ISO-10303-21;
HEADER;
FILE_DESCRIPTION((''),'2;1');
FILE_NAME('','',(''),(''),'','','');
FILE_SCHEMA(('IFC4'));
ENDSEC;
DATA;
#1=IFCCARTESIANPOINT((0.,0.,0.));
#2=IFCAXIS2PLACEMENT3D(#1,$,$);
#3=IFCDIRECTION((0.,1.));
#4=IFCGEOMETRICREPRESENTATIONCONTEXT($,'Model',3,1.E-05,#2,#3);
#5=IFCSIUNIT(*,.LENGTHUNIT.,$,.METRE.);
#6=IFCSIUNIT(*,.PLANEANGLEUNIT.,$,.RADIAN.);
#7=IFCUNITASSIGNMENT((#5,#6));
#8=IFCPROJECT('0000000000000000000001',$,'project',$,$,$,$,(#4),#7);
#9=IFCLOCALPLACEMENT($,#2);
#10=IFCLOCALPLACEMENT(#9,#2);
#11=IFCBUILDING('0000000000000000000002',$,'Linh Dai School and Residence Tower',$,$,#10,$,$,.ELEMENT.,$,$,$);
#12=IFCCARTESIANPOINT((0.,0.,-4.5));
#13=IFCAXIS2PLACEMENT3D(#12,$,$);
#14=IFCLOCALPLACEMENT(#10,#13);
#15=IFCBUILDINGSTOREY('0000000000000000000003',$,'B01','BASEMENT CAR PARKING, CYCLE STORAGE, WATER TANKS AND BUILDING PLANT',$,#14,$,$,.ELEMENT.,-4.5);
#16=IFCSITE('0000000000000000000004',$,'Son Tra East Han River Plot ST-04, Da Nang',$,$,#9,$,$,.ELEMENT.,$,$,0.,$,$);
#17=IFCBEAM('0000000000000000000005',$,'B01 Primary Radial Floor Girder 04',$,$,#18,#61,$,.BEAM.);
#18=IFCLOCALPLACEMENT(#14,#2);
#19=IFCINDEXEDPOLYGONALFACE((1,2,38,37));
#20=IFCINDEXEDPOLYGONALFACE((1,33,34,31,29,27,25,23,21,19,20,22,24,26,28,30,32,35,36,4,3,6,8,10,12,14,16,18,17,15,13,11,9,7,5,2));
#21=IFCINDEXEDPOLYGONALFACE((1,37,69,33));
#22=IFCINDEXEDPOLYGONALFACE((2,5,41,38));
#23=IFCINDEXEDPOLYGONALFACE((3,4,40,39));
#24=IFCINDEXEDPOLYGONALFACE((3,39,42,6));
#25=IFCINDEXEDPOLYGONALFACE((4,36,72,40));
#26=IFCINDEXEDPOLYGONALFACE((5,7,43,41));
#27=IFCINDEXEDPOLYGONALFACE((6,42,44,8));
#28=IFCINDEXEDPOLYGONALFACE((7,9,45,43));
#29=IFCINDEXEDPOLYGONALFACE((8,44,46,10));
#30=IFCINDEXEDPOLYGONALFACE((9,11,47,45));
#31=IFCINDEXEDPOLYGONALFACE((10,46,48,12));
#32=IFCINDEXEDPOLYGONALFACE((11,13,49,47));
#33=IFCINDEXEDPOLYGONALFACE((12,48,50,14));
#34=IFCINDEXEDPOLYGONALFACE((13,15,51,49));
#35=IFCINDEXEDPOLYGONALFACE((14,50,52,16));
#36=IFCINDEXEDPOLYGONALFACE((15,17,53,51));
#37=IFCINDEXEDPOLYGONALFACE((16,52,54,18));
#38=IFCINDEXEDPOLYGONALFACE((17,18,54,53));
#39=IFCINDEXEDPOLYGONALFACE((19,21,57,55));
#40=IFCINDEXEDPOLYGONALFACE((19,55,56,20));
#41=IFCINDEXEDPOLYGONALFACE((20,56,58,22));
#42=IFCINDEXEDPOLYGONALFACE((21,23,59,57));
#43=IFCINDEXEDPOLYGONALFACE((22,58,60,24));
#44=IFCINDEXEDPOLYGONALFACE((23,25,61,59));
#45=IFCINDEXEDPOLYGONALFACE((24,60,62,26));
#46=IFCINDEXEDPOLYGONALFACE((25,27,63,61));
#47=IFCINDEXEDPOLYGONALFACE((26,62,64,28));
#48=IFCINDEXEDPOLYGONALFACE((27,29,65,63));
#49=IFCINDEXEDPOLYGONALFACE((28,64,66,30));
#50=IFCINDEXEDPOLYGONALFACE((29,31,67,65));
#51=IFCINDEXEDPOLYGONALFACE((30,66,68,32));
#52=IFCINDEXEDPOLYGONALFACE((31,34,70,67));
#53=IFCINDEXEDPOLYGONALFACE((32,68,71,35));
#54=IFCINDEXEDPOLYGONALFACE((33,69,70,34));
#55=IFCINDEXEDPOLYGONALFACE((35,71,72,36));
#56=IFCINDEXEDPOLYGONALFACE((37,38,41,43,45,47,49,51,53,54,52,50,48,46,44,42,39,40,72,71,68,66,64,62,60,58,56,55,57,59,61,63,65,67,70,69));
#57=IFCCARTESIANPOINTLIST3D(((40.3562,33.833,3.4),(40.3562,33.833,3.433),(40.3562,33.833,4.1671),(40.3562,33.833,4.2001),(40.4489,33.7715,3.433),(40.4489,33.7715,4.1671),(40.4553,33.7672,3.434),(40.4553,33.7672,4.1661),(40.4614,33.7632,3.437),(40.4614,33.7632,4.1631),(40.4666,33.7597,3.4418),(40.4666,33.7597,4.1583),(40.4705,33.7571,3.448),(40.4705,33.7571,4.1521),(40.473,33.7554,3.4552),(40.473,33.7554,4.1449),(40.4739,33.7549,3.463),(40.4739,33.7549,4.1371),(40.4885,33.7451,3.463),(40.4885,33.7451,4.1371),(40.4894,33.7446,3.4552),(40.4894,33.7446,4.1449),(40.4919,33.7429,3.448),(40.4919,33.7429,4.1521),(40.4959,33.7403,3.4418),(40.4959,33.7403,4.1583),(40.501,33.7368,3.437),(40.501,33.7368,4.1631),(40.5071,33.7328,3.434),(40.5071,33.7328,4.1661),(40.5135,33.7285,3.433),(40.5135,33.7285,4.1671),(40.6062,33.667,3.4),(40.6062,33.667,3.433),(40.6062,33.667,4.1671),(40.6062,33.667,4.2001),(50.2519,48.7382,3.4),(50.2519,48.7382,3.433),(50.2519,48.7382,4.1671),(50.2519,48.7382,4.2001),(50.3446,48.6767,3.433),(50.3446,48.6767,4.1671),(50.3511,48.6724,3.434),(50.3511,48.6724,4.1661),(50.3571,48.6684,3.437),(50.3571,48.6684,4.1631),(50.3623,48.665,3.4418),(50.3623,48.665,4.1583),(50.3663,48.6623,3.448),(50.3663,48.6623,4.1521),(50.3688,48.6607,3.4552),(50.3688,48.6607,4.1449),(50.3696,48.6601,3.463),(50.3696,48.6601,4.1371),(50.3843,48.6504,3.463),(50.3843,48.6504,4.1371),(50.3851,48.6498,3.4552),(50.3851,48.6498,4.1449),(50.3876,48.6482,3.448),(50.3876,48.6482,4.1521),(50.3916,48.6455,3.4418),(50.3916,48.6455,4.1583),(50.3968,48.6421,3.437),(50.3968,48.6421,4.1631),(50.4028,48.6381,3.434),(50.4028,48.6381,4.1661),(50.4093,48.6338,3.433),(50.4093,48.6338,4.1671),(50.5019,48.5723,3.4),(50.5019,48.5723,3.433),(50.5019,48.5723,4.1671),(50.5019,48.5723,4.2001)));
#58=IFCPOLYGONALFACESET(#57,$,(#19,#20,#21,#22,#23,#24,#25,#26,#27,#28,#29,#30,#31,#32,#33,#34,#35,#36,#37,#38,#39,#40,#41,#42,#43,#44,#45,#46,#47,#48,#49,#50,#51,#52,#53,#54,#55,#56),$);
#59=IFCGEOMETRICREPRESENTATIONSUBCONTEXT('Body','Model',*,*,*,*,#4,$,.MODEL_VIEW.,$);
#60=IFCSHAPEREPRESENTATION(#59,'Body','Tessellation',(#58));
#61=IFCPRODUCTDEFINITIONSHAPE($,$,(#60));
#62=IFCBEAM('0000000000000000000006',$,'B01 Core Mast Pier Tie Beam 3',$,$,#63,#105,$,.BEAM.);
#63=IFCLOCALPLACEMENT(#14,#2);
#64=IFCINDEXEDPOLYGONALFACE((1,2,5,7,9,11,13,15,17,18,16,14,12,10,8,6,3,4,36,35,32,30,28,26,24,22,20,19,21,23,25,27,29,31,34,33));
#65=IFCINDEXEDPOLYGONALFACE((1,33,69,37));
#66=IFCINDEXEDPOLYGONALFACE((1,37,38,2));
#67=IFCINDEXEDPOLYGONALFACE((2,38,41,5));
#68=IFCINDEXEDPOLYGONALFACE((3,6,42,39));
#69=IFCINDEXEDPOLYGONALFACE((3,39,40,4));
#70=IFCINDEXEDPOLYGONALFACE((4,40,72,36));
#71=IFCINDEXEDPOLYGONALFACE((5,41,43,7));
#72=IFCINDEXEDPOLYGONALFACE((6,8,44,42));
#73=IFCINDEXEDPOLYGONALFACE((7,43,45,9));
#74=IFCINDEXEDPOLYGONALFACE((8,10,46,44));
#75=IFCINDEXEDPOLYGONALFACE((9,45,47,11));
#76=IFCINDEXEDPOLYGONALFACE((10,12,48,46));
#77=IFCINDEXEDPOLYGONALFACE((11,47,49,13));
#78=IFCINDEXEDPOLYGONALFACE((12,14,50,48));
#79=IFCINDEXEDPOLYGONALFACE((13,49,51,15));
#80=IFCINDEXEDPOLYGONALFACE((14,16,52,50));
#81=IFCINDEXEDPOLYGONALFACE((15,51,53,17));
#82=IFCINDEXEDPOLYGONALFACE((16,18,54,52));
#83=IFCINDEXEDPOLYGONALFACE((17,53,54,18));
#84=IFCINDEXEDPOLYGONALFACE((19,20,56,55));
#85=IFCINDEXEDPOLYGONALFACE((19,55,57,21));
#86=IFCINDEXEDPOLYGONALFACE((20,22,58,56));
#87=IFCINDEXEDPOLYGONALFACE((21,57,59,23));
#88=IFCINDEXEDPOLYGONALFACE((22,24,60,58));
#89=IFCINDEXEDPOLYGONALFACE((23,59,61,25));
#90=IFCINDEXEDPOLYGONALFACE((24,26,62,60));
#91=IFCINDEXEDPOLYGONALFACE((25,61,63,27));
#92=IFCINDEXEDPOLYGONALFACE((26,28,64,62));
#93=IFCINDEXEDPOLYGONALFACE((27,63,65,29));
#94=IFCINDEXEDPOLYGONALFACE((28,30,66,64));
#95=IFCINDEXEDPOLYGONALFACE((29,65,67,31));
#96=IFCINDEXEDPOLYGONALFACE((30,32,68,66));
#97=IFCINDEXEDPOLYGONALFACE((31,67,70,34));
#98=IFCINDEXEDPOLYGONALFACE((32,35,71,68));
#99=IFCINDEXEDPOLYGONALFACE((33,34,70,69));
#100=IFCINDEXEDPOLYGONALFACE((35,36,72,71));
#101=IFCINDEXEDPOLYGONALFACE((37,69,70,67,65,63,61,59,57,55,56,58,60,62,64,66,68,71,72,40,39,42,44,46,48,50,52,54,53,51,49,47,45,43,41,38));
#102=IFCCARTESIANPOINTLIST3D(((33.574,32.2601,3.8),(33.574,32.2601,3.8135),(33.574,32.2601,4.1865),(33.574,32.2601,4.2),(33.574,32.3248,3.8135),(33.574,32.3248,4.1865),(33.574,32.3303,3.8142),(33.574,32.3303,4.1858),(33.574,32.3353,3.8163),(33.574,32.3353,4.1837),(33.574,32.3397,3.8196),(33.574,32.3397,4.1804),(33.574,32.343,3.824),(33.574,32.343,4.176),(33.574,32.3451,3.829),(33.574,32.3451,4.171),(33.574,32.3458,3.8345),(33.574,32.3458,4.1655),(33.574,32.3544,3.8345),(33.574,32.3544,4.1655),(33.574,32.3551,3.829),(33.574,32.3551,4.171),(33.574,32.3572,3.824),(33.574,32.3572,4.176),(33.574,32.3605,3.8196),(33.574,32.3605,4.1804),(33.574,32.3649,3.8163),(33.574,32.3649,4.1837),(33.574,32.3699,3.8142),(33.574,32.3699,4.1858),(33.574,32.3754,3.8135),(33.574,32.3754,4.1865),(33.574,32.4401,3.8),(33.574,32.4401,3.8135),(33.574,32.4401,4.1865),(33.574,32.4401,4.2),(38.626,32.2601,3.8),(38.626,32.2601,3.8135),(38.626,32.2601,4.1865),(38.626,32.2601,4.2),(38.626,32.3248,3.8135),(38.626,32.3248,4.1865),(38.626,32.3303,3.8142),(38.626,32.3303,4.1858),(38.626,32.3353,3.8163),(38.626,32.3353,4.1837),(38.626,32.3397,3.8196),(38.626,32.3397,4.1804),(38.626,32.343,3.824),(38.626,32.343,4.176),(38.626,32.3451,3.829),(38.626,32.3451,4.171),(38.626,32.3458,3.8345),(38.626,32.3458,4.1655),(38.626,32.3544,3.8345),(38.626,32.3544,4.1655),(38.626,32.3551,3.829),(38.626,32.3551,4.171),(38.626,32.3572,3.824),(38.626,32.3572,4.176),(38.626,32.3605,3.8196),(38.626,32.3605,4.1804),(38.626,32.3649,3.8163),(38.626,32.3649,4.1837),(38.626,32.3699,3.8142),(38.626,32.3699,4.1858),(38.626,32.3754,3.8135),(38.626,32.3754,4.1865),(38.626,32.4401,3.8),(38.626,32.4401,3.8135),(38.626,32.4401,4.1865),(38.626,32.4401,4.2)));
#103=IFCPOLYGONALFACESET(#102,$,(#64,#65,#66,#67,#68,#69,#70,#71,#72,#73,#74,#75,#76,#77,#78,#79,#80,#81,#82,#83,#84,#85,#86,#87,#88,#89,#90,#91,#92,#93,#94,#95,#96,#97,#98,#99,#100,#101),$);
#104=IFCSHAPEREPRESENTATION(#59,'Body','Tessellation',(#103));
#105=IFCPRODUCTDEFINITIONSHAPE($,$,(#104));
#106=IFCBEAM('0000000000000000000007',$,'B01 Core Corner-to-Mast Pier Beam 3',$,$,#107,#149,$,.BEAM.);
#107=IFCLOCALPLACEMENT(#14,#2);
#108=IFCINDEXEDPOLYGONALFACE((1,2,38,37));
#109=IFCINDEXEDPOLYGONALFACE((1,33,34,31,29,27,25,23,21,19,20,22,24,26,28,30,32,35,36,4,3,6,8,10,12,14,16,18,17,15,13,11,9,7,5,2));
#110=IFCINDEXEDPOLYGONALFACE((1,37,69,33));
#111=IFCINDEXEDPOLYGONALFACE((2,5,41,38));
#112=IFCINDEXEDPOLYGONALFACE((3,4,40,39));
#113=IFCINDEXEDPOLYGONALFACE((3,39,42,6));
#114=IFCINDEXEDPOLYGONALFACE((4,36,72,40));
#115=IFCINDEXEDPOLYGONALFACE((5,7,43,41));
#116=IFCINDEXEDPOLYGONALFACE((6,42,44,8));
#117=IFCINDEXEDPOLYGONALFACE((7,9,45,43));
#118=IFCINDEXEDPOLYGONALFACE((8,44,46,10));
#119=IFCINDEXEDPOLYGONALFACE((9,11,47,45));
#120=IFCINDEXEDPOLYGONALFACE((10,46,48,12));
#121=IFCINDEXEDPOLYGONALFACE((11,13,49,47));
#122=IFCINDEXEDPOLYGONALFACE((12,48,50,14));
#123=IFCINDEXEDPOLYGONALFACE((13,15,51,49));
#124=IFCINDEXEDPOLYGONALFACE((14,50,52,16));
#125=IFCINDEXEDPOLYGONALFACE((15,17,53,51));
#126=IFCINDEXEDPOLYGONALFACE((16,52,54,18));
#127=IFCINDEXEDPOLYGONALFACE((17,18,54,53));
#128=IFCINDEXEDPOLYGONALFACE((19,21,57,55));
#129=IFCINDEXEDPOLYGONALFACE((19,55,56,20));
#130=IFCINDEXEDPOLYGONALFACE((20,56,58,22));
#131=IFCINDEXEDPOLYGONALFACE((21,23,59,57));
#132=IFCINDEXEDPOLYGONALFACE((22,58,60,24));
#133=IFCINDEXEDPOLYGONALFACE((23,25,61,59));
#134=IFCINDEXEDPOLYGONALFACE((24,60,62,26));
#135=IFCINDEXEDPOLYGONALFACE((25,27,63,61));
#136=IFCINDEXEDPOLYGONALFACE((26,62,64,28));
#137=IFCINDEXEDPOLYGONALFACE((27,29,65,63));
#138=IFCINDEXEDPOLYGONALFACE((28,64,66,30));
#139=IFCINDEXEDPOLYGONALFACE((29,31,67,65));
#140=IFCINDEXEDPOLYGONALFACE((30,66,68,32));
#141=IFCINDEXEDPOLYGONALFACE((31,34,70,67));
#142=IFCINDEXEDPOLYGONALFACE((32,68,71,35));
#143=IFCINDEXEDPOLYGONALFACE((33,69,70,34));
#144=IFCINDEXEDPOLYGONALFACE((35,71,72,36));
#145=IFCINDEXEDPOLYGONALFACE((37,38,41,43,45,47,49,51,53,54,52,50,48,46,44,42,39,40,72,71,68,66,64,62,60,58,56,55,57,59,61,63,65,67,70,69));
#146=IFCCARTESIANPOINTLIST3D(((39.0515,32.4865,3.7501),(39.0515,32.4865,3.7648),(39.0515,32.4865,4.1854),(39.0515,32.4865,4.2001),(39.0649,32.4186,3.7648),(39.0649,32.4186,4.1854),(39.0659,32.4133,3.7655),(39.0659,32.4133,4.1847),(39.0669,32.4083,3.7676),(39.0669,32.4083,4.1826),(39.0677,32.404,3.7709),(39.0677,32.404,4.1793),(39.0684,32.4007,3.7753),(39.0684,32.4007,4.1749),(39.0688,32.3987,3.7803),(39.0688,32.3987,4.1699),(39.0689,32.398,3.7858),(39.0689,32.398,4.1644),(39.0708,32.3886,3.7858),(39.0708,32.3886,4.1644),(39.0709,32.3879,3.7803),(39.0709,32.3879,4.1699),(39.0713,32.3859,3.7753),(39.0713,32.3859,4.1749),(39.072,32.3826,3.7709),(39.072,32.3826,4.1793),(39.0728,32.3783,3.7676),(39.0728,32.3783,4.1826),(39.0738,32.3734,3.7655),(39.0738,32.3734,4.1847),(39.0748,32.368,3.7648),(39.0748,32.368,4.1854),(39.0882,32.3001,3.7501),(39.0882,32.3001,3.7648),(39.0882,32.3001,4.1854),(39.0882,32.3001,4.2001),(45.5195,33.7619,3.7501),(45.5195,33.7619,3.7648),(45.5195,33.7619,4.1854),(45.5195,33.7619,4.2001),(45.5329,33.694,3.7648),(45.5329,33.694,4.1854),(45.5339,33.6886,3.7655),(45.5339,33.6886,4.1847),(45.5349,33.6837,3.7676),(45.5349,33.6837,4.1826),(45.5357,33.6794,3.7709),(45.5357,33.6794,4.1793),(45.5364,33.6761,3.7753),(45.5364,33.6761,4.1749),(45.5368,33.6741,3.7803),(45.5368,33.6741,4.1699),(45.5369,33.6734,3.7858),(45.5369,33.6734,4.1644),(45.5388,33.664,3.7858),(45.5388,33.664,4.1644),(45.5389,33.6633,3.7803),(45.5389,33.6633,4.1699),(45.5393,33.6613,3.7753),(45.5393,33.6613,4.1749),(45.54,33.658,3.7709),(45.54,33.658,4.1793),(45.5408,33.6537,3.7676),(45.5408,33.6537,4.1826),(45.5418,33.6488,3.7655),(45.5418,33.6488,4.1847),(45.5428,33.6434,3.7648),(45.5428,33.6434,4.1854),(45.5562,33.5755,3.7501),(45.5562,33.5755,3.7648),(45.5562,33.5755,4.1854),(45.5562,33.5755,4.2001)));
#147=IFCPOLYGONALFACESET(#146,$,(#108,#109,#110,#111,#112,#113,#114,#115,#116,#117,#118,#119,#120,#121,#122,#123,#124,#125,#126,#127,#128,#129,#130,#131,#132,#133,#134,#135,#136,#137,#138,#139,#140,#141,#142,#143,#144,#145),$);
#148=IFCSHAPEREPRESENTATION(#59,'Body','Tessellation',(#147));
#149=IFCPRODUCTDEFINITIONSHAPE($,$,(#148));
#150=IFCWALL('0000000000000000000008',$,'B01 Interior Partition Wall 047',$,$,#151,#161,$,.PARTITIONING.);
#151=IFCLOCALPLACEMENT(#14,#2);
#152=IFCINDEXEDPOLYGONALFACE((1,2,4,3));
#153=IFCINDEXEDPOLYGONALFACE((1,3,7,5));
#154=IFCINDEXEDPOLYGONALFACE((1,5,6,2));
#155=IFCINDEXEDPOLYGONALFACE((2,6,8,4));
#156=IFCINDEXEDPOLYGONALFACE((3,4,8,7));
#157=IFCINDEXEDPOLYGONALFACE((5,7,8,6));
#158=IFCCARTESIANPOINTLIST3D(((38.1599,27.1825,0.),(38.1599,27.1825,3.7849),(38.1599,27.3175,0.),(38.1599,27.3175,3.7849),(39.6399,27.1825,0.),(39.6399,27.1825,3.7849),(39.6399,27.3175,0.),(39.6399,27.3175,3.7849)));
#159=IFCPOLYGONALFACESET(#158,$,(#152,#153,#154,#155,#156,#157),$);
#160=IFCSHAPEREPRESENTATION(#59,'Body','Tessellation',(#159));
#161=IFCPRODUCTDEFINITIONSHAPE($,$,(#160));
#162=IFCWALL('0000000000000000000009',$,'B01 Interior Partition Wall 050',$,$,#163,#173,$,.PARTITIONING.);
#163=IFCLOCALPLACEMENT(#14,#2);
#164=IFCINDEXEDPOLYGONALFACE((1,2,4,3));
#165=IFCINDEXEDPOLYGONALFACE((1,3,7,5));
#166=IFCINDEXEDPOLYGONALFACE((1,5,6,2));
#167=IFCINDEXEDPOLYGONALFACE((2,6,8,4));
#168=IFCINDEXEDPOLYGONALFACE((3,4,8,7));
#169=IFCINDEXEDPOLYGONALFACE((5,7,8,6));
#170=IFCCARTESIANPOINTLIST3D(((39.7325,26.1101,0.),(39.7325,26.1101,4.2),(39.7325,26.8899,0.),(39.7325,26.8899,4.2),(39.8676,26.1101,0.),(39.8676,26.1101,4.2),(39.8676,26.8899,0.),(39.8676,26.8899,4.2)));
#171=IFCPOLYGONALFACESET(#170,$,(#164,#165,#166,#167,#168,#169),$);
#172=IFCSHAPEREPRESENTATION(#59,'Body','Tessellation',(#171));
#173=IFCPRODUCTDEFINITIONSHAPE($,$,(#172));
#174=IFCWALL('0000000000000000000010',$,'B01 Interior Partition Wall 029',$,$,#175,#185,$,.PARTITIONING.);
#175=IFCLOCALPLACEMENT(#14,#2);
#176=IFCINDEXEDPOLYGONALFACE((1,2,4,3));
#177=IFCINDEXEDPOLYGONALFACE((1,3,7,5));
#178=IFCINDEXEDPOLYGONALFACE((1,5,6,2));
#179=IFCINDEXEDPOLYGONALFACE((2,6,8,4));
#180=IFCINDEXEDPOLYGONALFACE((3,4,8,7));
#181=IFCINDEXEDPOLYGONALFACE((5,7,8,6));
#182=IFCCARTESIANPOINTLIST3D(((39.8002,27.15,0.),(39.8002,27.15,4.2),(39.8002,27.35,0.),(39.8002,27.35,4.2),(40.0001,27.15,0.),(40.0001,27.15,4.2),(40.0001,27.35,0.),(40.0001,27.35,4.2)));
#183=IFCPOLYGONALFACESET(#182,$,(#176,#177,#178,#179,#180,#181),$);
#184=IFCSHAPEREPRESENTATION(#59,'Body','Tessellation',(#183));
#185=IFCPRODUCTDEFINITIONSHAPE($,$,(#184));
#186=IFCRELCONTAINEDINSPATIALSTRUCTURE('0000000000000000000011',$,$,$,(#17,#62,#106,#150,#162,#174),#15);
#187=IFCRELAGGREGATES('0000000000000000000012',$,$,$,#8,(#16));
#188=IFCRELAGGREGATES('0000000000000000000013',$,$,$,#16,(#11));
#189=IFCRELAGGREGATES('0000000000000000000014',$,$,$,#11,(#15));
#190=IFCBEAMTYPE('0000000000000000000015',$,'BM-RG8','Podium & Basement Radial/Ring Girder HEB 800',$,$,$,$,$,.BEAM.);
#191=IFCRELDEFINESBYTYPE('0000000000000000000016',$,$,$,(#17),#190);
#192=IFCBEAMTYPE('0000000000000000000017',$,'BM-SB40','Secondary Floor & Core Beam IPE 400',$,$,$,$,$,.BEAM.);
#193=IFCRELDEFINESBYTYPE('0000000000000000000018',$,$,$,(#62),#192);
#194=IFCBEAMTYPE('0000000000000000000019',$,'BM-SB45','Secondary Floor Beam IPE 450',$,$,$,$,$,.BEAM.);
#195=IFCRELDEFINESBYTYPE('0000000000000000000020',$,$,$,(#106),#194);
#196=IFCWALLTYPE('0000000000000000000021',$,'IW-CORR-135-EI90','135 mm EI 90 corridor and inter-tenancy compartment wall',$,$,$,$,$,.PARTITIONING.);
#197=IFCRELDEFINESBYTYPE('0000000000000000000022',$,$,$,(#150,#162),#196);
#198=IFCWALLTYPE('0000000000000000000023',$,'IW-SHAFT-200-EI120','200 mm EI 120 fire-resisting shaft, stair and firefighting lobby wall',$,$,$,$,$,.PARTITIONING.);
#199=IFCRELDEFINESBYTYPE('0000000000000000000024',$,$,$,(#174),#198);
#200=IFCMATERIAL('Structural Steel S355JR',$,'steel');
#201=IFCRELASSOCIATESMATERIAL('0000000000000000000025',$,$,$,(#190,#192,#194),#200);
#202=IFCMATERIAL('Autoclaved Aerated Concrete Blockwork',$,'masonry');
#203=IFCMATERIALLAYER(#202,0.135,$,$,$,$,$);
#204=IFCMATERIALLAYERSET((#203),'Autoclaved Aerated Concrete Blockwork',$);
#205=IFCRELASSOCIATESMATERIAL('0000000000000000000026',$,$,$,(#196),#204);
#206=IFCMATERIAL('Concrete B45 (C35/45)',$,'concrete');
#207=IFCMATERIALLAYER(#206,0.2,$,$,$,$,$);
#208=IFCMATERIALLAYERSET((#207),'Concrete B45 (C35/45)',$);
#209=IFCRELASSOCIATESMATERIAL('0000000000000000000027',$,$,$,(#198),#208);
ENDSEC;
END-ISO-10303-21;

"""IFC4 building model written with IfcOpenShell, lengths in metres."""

from ifc_helpers import new_model, si_unit, direction, frame, frame_2d, origin, origin_2d, place, context, subcontext, project, spatial, rectangle, i_section, extrude, material, layer, layer_set, material_profile, profile_set, type_object, element, save


model = new_model("IFC4")

# Units and contexts
model_context = context("Model", 3, precision=1e-05, world=origin(), true_north=direction((0.0, 1.0)))
body_context = subcontext(model_context, "Body", "Model", "MODEL_VIEW")
ifc_project = project(units=[si_unit("LENGTHUNIT", "METRE"), si_unit("PLANEANGLEUNIT", "RADIAN")], contexts=[model_context])

# Site, building, storey
site_placement = place(None, origin())
site = spatial("IfcSite", under=ifc_project, at=site_placement, Name="Son Tra East Han River Plot ST-04, Da Nang", CompositionType="ELEMENT", RefElevation=0.0)
building_placement = place(site_placement, origin())
building = spatial("IfcBuilding", under=site, at=building_placement, Name="Linh Dai School and Residence Tower", CompositionType="ELEMENT")
storey_placement = place(building_placement, frame((0.0, 0.0, -4.5)))
storey = spatial("IfcBuildingStorey", under=building, at=storey_placement, Name="B01", Description="BASEMENT CAR PARKING, CYCLE STORAGE, WATER TANKS AND BUILDING PLANT", CompositionType="ELEMENT", Elevation=-4.5)

# Shared definitions
ifc_material_1 = material(Name="Concrete B45 (C35/45)", Category="concrete")
ifc_material_2 = material(Name="Structural Steel S355JR", Category="steel")

# Beams
ifc_material_profile_1 = material_profile(ifc_material_2, i_section(OverallWidth=0.3, OverallDepth=0.8, WebThickness=0.0176, FlangeThickness=0.033, FilletRadius=0.03, at=origin_2d()), Name="HEB 800")
ifc_profile_set_1 = profile_set([ifc_material_profile_1], Name="Structural Steel S355JR")
beam_type_1 = type_object("IfcBeamType", Name="BM-RG8", Description="Podium & Basement Radial/Ring Girder HEB 800", PredefinedType="BEAM", material=ifc_profile_set_1)
beam_1_placement = place(storey_placement, frame((40.4812, 33.75, 3.8), z_axis=(0.553109, 0.833109, 0.0), x_axis=(-0.833109, 0.553109, 0.0)))
element("IfcBeam", 1, at=beam_1_placement, inside=storey, type_object=beam_type_1, Name="B01 Primary Radial Floor Girder 04", PredefinedType="BEAM", context=body_context, shape_type="SweptSolid", body=[
    extrude(i_section(OverallWidth=0.3, OverallDepth=0.8, WebThickness=0.0176, FlangeThickness=0.033, FilletRadius=0.03, at=origin_2d()), origin(), (0.0, 0.0, 1.0), 17.8911),
])
ifc_material_profile_2 = material_profile(ifc_material_2, i_section(OverallWidth=0.1799, OverallDepth=0.3999, WebThickness=0.0085, FlangeThickness=0.0134, FilletRadius=0.021, at=origin_2d()), Name="IPE 400")
ifc_profile_set_2 = profile_set([ifc_material_profile_2], Name="Structural Steel S355JR")
beam_type_2 = type_object("IfcBeamType", Name="BM-SB40", Description="Secondary Floor & Core Beam IPE 400", PredefinedType="BEAM", material=ifc_profile_set_2)
beam_2_placement = place(storey_placement, frame((38.626, 32.3501, 4.0), z_axis=(-1.0, 0.0, 0.0), x_axis=(0.0, -1.0, 0.0)))
element("IfcBeam", 2, at=beam_2_placement, inside=storey, type_object=beam_type_2, Name="B01 Core Mast Pier Tie Beam 3", PredefinedType="BEAM", context=body_context, shape_type="SweptSolid", body=[
    extrude(i_section(OverallWidth=0.1799, OverallDepth=0.3999, WebThickness=0.0085, FlangeThickness=0.0134, FilletRadius=0.021, at=origin_2d()), origin(), (0.0, 0.0, 1.0), 5.052),
])
ifc_material_profile_3 = material_profile(ifc_material_2, i_section(OverallWidth=0.1899, OverallDepth=0.45, WebThickness=0.0095, FlangeThickness=0.0146, FilletRadius=0.021, at=origin_2d()), Name="IPE 450")
ifc_profile_set_3 = profile_set([ifc_material_profile_3], Name="Structural Steel S355JR")
beam_type_3 = type_object("IfcBeamType", Name="BM-SB45", Description="Secondary Floor Beam IPE 450", PredefinedType="BEAM", material=ifc_profile_set_3)
beam_3_placement = place(storey_placement, frame((45.5378, 33.6687, 3.9751), z_axis=(-0.981108, -0.193459, 0.0), x_axis=(0.193459, -0.981108, 0.0)))
element("IfcBeam", 3, at=beam_3_placement, inside=storey, type_object=beam_type_3, Name="B01 Core Corner-to-Mast Pier Beam 3", PredefinedType="BEAM", context=body_context, shape_type="SweptSolid", body=[
    extrude(i_section(OverallWidth=0.1899, OverallDepth=0.45, WebThickness=0.0095, FlangeThickness=0.0146, FilletRadius=0.021, at=origin_2d()), origin(), (0.0, 0.0, 1.0), 6.5925),
])

# Walls
ifc_material_3 = material(Name="Autoclaved Aerated Concrete Blockwork", Category="masonry")
ifc_layer_1 = layer(ifc_material_3, 0.135)
ifc_layer_set_1 = layer_set([ifc_layer_1], Name="Autoclaved Aerated Concrete Blockwork")
wall_type_1 = type_object("IfcWallType", Name="IW-CORR-135-EI90", Description="135 mm EI 90 corridor and inter-tenancy compartment wall", PredefinedType="PARTITIONING", material=ifc_layer_set_1)
wall_1_placement = place(storey_placement, frame((39.6399, 27.25, 0.0), z_axis=(0.0, 0.0, 1.0), x_axis=(-1.0, 0.0, 0.0)))
element("IfcWall", 4, at=wall_1_placement, inside=storey, type_object=wall_type_1, Name="B01 Interior Partition Wall 047", PredefinedType="PARTITIONING", context=body_context, shape_type="SweptSolid", body=[
    extrude(rectangle(XDim=1.48, YDim=0.135, at=frame_2d((0.74, 0.0))), origin(), (0.0, 0.0, 1.0), 3.7849),
])
wall_2_placement = place(storey_placement, frame((39.8, 26.1101, 0.0), z_axis=(0.0, 0.0, 1.0), x_axis=(0.0, 1.0, 0.0)))
element("IfcWall", 5, at=wall_2_placement, inside=storey, type_object=wall_type_1, Name="B01 Interior Partition Wall 050", PredefinedType="PARTITIONING", context=body_context, shape_type="SweptSolid", body=[
    extrude(rectangle(XDim=0.7798, YDim=0.135, at=frame_2d((0.3899, 0.0))), origin(), (0.0, 0.0, 1.0), 4.2),
])
ifc_layer_2 = layer(ifc_material_1, 0.2)
ifc_layer_set_2 = layer_set([ifc_layer_2], Name="Concrete B45 (C35/45)")
wall_type_2 = type_object("IfcWallType", Name="IW-SHAFT-200-EI120", Description="200 mm EI 120 fire-resisting shaft, stair and firefighting lobby wall", PredefinedType="PARTITIONING", material=ifc_layer_set_2)
wall_3_placement = place(storey_placement, frame((39.8, 27.25, 0.0), z_axis=(0.0, 0.0, 1.0), x_axis=(1.0, 0.0, 0.0)))
element("IfcWall", 6, at=wall_3_placement, inside=storey, type_object=wall_type_2, Name="B01 Interior Partition Wall 029", PredefinedType="PARTITIONING", context=body_context, shape_type="SweptSolid", body=[
    extrude(rectangle(XDim=0.2, YDim=0.2, at=frame_2d((0.1001, 0.0))), origin(), (0.0, 0.0, 1.0), 4.2),
])

save(model, "model.ifc")
